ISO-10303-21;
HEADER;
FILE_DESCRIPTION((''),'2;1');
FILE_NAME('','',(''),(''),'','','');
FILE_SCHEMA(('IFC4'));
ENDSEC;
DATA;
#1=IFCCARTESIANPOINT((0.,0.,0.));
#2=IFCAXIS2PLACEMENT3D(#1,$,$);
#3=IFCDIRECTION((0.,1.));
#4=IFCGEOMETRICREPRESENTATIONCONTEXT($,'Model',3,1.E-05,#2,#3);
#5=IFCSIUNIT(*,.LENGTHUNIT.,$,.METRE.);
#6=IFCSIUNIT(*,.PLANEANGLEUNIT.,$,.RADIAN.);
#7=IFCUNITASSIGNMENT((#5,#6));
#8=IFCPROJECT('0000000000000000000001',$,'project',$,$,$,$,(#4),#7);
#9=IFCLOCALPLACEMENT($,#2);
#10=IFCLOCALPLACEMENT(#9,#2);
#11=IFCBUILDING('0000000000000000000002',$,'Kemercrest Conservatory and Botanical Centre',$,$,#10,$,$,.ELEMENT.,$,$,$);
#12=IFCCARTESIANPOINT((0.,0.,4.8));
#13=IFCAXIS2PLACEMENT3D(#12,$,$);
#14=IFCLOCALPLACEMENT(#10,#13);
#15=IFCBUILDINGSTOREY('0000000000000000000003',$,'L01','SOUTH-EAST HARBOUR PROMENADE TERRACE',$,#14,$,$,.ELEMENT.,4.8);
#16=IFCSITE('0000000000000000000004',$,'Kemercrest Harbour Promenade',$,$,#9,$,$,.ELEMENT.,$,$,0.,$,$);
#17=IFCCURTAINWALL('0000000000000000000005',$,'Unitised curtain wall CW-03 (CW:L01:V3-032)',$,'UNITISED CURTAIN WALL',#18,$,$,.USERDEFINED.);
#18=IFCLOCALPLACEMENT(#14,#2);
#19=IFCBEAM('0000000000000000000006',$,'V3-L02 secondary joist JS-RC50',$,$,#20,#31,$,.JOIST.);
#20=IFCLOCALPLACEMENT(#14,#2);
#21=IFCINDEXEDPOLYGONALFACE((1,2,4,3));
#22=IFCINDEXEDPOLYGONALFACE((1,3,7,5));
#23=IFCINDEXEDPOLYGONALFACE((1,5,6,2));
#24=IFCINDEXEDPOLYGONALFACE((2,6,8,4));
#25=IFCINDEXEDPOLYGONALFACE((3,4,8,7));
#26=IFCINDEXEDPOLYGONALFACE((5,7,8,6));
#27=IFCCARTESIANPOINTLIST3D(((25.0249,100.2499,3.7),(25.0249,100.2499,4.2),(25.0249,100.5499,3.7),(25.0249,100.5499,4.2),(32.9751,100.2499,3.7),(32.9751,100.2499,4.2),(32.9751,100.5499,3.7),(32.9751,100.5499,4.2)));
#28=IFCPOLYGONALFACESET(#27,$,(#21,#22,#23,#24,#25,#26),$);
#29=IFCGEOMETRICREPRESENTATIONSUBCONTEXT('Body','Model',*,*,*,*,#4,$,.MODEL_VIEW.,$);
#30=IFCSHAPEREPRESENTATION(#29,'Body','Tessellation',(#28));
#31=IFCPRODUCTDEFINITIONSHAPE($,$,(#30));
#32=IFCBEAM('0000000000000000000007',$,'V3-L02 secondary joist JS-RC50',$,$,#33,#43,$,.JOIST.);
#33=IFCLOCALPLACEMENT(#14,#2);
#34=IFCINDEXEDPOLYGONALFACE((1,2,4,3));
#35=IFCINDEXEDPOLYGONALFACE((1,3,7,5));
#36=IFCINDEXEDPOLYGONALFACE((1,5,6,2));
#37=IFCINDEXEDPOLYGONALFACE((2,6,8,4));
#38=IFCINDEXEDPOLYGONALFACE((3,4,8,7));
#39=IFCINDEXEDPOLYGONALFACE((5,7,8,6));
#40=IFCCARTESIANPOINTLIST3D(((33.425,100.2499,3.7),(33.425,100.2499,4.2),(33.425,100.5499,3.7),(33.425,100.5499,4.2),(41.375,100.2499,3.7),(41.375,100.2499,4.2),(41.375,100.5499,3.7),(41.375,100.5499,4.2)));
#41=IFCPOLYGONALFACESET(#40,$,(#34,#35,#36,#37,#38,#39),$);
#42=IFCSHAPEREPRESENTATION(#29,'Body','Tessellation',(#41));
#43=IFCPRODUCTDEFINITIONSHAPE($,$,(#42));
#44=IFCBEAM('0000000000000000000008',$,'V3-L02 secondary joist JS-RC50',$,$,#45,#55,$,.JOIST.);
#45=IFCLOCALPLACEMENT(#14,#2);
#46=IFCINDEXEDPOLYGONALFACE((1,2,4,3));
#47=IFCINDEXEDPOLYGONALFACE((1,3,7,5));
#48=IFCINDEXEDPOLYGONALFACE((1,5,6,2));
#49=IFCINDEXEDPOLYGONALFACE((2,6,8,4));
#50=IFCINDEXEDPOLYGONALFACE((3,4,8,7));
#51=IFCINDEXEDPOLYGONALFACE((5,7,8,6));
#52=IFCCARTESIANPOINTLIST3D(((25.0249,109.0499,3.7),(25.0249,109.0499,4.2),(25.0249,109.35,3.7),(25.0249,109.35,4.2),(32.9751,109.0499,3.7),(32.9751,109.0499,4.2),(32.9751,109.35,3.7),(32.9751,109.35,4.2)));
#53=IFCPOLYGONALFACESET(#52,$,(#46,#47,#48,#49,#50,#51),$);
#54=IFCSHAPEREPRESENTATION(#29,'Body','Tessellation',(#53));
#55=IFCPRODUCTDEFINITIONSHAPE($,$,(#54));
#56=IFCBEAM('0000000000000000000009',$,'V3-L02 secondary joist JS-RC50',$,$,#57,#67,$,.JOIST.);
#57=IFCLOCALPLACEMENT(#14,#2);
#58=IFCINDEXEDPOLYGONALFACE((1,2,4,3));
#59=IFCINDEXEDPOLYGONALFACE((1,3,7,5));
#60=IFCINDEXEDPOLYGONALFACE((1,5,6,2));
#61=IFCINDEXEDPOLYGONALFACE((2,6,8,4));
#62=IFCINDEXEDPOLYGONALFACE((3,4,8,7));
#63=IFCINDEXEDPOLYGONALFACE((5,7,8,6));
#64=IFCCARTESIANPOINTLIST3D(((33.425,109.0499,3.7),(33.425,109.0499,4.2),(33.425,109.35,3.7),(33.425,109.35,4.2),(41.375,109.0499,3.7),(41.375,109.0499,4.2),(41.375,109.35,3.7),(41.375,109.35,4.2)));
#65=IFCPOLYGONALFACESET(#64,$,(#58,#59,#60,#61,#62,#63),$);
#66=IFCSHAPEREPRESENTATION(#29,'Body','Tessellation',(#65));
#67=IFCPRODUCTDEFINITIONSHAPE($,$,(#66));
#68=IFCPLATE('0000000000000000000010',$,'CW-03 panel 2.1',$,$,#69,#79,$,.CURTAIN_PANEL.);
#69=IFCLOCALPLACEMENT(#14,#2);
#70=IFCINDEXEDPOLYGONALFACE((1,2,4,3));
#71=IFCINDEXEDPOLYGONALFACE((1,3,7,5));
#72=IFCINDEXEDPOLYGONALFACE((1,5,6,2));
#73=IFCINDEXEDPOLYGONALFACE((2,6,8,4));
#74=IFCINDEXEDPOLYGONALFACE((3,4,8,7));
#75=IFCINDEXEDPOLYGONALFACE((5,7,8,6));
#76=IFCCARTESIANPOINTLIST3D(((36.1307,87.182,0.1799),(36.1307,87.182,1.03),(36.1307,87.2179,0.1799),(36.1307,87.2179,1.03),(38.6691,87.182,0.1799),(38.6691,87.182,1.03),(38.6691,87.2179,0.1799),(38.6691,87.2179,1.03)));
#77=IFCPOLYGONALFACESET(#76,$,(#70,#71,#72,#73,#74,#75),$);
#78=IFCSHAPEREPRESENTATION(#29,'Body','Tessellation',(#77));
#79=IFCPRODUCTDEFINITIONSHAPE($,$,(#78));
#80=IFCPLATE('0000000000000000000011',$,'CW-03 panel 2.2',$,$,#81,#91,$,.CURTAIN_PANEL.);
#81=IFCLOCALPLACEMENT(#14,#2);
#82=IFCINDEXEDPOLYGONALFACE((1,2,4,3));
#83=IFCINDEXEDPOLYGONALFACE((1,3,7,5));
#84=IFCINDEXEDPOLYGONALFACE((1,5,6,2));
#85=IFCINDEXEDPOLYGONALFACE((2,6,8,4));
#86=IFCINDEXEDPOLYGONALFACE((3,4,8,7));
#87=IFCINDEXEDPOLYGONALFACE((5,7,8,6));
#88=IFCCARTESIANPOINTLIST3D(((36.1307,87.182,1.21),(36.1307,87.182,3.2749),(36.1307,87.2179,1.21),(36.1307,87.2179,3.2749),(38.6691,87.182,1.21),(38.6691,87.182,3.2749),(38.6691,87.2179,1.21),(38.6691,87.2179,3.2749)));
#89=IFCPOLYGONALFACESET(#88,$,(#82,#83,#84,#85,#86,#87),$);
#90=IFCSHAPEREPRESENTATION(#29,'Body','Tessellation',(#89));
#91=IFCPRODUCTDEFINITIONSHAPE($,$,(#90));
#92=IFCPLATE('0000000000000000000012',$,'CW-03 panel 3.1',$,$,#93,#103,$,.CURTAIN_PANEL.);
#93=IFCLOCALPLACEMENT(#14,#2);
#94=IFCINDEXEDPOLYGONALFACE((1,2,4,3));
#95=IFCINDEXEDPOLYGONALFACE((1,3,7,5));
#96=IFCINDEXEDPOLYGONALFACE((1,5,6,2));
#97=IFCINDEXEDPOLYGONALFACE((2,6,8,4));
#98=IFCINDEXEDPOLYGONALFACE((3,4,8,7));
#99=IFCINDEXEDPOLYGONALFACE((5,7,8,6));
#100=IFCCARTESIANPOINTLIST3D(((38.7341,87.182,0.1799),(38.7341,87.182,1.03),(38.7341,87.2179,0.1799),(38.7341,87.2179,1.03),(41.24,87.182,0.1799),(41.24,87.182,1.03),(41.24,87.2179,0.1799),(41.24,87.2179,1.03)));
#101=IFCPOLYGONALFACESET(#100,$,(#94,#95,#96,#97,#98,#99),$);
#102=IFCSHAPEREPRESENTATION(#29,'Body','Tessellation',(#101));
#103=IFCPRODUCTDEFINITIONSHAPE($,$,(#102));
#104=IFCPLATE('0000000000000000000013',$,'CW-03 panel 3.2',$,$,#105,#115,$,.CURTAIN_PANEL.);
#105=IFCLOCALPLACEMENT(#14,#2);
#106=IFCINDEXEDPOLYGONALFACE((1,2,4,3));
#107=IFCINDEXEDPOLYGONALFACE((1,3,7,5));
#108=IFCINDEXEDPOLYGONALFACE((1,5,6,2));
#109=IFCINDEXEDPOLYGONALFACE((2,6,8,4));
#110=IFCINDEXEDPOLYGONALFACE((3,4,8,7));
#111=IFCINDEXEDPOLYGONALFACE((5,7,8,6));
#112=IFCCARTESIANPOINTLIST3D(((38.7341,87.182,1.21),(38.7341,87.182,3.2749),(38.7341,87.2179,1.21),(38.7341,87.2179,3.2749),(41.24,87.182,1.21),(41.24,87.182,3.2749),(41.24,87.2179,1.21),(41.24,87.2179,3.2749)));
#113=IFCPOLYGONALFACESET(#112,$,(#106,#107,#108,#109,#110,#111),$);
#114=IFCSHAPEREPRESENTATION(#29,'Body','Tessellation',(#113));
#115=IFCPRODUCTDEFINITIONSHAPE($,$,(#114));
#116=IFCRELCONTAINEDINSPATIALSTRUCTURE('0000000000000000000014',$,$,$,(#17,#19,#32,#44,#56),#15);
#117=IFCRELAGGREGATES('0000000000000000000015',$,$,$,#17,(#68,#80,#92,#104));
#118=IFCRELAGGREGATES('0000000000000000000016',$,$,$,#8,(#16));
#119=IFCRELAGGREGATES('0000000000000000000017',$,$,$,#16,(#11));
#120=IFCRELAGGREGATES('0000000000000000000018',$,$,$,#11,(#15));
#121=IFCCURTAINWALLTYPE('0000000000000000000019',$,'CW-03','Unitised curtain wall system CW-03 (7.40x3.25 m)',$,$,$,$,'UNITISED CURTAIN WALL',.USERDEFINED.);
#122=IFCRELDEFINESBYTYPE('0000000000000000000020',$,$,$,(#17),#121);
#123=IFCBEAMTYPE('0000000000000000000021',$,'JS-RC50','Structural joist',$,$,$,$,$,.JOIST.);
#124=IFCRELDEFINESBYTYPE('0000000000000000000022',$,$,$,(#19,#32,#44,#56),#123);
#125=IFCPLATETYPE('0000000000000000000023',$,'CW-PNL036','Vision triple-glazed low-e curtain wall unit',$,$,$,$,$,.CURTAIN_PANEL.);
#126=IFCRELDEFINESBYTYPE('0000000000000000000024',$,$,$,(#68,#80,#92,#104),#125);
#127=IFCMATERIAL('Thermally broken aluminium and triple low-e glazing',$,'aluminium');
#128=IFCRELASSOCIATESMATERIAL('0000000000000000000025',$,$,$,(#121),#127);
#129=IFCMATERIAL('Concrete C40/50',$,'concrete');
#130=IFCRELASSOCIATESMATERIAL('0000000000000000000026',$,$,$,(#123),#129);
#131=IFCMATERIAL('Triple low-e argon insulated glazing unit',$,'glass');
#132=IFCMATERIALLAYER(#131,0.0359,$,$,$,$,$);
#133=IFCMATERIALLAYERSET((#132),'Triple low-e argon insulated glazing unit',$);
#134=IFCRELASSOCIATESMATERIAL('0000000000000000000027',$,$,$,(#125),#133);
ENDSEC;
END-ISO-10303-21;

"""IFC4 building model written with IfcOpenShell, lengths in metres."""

from ifc_helpers import new_model, si_unit, direction, frame, origin, origin_2d, place, context, subcontext, project, spatial, rectangle, extrude, material, layer, layer_set, material_profile, profile_set, type_object, element, aggregate, save


model = new_model("IFC4")

# Units and contexts
model_context = context("Model", 3, precision=1e-05, world=origin(), true_north=direction((0.0, 1.0)))
body_context = subcontext(model_context, "Body", "Model", "MODEL_VIEW")
ifc_project = project(units=[si_unit("LENGTHUNIT", "METRE"), si_unit("PLANEANGLEUNIT", "RADIAN")], contexts=[model_context])

# Site, building, storey
site_placement = place(None, origin())
site = spatial("IfcSite", under=ifc_project, at=site_placement, Name="Kemercrest Harbour Promenade", CompositionType="ELEMENT", RefElevation=0.0)
building_placement = place(site_placement, origin())
building = spatial("IfcBuilding", under=site, at=building_placement, Name="Kemercrest Conservatory and Botanical Centre", CompositionType="ELEMENT")
storey_placement = place(building_placement, frame((0.0, 0.0, 4.8)))
storey = spatial("IfcBuildingStorey", under=building, at=storey_placement, Name="L01", Description="SOUTH-EAST HARBOUR PROMENADE TERRACE", CompositionType="ELEMENT", Elevation=4.8)

# Shared definitions
ifc_material_1 = material(Name="Concrete C40/50", Category="concrete")

# Curtain wall
ifc_material_2 = material(Name="Thermally broken aluminium and triple low-e glazing", Category="aluminium")
curtain_wall_type = type_object("IfcCurtainWallType", Name="CW-03", Description="Unitised curtain wall system CW-03 (7.40x3.25 m)", ElementType="UNITISED CURTAIN WALL", PredefinedType="USERDEFINED", material=ifc_material_2)
curtain_wall_placement = place(storey_placement, origin())
curtain_wall = element("IfcCurtainWall", 1, at=curtain_wall_placement, inside=storey, type_object=curtain_wall_type, Name="Unitised curtain wall CW-03 (CW:L01:V3-032)", ObjectType="UNITISED CURTAIN WALL", PredefinedType="USERDEFINED")

# Beams
ifc_material_profile_1 = material_profile(ifc_material_1, rectangle(XDim=0.3, YDim=0.5, at=origin_2d()), Name="RC 300x500")
ifc_profile_set_1 = profile_set([ifc_material_profile_1], Name="Concrete C40/50")
beam_type_1 = type_object("IfcBeamType", Name="JS-RC50", Description="Structural joist", PredefinedType="JOIST", material=ifc_profile_set_1)
beam_1_placement = place(storey_placement, frame((25.0249, 100.3999, 3.95), z_axis=(1.0, 0.0, 0.0), x_axis=(0.0, 1.0, 0.0)))
element("IfcBeam", 2, at=beam_1_placement, inside=storey, type_object=beam_type_1, Name="V3-L02 secondary joist JS-RC50", PredefinedType="JOIST", context=body_context, shape_type="SweptSolid", body=[
    extrude(rectangle(XDim=0.3, YDim=0.5, at=origin_2d()), origin(), (0.0, 0.0, 1.0), 7.9502),
])
beam_2_placement = place(storey_placement, frame((33.425, 100.3999, 3.95), z_axis=(1.0, 0.0, 0.0), x_axis=(0.0, 1.0, 0.0)))
element("IfcBeam", 3, at=beam_2_placement, inside=storey, type_object=beam_type_1, Name="V3-L02 secondary joist JS-RC50", PredefinedType="JOIST", context=body_context, shape_type="SweptSolid", body=[
    extrude(rectangle(XDim=0.3, YDim=0.5, at=origin_2d()), origin(), (0.0, 0.0, 1.0), 7.95),
])
beam_3_placement = place(storey_placement, frame((25.0249, 109.2, 3.95), z_axis=(1.0, 0.0, 0.0), x_axis=(0.0, 1.0, 0.0)))
element("IfcBeam", 4, at=beam_3_placement, inside=storey, type_object=beam_type_1, Name="V3-L02 secondary joist JS-RC50", PredefinedType="JOIST", context=body_context, shape_type="SweptSolid", body=[
    extrude(rectangle(XDim=0.3, YDim=0.5, at=origin_2d()), origin(), (0.0, 0.0, 1.0), 7.9502),
])
beam_4_placement = place(storey_placement, frame((33.425, 109.2, 3.95), z_axis=(1.0, 0.0, 0.0), x_axis=(0.0, 1.0, 0.0)))
element("IfcBeam", 5, at=beam_4_placement, inside=storey, type_object=beam_type_1, Name="V3-L02 secondary joist JS-RC50", PredefinedType="JOIST", context=body_context, shape_type="SweptSolid", body=[
    extrude(rectangle(XDim=0.3, YDim=0.5, at=origin_2d()), origin(), (0.0, 0.0, 1.0), 7.95),
])

# Plates
ifc_material_3 = material(Name="Triple low-e argon insulated glazing unit", Category="glass")
ifc_layer = layer(ifc_material_3, 0.0359)
ifc_layer_set = layer_set([ifc_layer], Name="Triple low-e argon insulated glazing unit")
plate_type = type_object("IfcPlateType", Name="CW-PNL036", Description="Vision triple-glazed low-e curtain wall unit", PredefinedType="CURTAIN_PANEL", material=ifc_layer_set)
plate_1_placement = place(storey_placement, frame((37.3999, 87.2, 0.1799), z_axis=(0.0, 0.0, 1.0), x_axis=(1.0, 0.0, 0.0)))
plate_1 = element("IfcPlate", 6, at=plate_1_placement, type_object=plate_type, Name="CW-03 panel 2.1", PredefinedType="CURTAIN_PANEL", context=body_context, shape_type="SweptSolid", body=[
    extrude(rectangle(XDim=2.5383, YDim=0.0359, at=origin_2d()), origin(), (0.0, 0.0, 1.0), 0.8501),
])
plate_2_placement = place(storey_placement, frame((37.3999, 87.2, 1.21), z_axis=(0.0, 0.0, 1.0), x_axis=(1.0, 0.0, 0.0)))
plate_2 = element("IfcPlate", 7, at=plate_2_placement, type_object=plate_type, Name="CW-03 panel 2.2", PredefinedType="CURTAIN_PANEL", context=body_context, shape_type="SweptSolid", body=[
    extrude(rectangle(XDim=2.5383, YDim=0.0359, at=origin_2d()), origin(), (0.0, 0.0, 1.0), 2.0649),
])
plate_3_placement = place(storey_placement, frame((39.9871, 87.2, 0.1799), z_axis=(0.0, 0.0, 1.0), x_axis=(1.0, 0.0, 0.0)))
plate_3 = element("IfcPlate", 8, at=plate_3_placement, type_object=plate_type, Name="CW-03 panel 3.1", PredefinedType="CURTAIN_PANEL", context=body_context, shape_type="SweptSolid", body=[
    extrude(rectangle(XDim=2.5059, YDim=0.0359, at=origin_2d()), origin(), (0.0, 0.0, 1.0), 0.8501),
])
plate_4_placement = place(storey_placement, frame((39.9871, 87.2, 1.21), z_axis=(0.0, 0.0, 1.0), x_axis=(1.0, 0.0, 0.0)))
plate_4 = element("IfcPlate", 9, at=plate_4_placement, type_object=plate_type, Name="CW-03 panel 3.2", PredefinedType="CURTAIN_PANEL", context=body_context, shape_type="SweptSolid", body=[
    extrude(rectangle(XDim=2.5059, YDim=0.0359, at=origin_2d()), origin(), (0.0, 0.0, 1.0), 2.0649),
])
aggregate(curtain_wall, [plate_1, plate_2, plate_3, plate_4])

save(model, "model.ifc")
